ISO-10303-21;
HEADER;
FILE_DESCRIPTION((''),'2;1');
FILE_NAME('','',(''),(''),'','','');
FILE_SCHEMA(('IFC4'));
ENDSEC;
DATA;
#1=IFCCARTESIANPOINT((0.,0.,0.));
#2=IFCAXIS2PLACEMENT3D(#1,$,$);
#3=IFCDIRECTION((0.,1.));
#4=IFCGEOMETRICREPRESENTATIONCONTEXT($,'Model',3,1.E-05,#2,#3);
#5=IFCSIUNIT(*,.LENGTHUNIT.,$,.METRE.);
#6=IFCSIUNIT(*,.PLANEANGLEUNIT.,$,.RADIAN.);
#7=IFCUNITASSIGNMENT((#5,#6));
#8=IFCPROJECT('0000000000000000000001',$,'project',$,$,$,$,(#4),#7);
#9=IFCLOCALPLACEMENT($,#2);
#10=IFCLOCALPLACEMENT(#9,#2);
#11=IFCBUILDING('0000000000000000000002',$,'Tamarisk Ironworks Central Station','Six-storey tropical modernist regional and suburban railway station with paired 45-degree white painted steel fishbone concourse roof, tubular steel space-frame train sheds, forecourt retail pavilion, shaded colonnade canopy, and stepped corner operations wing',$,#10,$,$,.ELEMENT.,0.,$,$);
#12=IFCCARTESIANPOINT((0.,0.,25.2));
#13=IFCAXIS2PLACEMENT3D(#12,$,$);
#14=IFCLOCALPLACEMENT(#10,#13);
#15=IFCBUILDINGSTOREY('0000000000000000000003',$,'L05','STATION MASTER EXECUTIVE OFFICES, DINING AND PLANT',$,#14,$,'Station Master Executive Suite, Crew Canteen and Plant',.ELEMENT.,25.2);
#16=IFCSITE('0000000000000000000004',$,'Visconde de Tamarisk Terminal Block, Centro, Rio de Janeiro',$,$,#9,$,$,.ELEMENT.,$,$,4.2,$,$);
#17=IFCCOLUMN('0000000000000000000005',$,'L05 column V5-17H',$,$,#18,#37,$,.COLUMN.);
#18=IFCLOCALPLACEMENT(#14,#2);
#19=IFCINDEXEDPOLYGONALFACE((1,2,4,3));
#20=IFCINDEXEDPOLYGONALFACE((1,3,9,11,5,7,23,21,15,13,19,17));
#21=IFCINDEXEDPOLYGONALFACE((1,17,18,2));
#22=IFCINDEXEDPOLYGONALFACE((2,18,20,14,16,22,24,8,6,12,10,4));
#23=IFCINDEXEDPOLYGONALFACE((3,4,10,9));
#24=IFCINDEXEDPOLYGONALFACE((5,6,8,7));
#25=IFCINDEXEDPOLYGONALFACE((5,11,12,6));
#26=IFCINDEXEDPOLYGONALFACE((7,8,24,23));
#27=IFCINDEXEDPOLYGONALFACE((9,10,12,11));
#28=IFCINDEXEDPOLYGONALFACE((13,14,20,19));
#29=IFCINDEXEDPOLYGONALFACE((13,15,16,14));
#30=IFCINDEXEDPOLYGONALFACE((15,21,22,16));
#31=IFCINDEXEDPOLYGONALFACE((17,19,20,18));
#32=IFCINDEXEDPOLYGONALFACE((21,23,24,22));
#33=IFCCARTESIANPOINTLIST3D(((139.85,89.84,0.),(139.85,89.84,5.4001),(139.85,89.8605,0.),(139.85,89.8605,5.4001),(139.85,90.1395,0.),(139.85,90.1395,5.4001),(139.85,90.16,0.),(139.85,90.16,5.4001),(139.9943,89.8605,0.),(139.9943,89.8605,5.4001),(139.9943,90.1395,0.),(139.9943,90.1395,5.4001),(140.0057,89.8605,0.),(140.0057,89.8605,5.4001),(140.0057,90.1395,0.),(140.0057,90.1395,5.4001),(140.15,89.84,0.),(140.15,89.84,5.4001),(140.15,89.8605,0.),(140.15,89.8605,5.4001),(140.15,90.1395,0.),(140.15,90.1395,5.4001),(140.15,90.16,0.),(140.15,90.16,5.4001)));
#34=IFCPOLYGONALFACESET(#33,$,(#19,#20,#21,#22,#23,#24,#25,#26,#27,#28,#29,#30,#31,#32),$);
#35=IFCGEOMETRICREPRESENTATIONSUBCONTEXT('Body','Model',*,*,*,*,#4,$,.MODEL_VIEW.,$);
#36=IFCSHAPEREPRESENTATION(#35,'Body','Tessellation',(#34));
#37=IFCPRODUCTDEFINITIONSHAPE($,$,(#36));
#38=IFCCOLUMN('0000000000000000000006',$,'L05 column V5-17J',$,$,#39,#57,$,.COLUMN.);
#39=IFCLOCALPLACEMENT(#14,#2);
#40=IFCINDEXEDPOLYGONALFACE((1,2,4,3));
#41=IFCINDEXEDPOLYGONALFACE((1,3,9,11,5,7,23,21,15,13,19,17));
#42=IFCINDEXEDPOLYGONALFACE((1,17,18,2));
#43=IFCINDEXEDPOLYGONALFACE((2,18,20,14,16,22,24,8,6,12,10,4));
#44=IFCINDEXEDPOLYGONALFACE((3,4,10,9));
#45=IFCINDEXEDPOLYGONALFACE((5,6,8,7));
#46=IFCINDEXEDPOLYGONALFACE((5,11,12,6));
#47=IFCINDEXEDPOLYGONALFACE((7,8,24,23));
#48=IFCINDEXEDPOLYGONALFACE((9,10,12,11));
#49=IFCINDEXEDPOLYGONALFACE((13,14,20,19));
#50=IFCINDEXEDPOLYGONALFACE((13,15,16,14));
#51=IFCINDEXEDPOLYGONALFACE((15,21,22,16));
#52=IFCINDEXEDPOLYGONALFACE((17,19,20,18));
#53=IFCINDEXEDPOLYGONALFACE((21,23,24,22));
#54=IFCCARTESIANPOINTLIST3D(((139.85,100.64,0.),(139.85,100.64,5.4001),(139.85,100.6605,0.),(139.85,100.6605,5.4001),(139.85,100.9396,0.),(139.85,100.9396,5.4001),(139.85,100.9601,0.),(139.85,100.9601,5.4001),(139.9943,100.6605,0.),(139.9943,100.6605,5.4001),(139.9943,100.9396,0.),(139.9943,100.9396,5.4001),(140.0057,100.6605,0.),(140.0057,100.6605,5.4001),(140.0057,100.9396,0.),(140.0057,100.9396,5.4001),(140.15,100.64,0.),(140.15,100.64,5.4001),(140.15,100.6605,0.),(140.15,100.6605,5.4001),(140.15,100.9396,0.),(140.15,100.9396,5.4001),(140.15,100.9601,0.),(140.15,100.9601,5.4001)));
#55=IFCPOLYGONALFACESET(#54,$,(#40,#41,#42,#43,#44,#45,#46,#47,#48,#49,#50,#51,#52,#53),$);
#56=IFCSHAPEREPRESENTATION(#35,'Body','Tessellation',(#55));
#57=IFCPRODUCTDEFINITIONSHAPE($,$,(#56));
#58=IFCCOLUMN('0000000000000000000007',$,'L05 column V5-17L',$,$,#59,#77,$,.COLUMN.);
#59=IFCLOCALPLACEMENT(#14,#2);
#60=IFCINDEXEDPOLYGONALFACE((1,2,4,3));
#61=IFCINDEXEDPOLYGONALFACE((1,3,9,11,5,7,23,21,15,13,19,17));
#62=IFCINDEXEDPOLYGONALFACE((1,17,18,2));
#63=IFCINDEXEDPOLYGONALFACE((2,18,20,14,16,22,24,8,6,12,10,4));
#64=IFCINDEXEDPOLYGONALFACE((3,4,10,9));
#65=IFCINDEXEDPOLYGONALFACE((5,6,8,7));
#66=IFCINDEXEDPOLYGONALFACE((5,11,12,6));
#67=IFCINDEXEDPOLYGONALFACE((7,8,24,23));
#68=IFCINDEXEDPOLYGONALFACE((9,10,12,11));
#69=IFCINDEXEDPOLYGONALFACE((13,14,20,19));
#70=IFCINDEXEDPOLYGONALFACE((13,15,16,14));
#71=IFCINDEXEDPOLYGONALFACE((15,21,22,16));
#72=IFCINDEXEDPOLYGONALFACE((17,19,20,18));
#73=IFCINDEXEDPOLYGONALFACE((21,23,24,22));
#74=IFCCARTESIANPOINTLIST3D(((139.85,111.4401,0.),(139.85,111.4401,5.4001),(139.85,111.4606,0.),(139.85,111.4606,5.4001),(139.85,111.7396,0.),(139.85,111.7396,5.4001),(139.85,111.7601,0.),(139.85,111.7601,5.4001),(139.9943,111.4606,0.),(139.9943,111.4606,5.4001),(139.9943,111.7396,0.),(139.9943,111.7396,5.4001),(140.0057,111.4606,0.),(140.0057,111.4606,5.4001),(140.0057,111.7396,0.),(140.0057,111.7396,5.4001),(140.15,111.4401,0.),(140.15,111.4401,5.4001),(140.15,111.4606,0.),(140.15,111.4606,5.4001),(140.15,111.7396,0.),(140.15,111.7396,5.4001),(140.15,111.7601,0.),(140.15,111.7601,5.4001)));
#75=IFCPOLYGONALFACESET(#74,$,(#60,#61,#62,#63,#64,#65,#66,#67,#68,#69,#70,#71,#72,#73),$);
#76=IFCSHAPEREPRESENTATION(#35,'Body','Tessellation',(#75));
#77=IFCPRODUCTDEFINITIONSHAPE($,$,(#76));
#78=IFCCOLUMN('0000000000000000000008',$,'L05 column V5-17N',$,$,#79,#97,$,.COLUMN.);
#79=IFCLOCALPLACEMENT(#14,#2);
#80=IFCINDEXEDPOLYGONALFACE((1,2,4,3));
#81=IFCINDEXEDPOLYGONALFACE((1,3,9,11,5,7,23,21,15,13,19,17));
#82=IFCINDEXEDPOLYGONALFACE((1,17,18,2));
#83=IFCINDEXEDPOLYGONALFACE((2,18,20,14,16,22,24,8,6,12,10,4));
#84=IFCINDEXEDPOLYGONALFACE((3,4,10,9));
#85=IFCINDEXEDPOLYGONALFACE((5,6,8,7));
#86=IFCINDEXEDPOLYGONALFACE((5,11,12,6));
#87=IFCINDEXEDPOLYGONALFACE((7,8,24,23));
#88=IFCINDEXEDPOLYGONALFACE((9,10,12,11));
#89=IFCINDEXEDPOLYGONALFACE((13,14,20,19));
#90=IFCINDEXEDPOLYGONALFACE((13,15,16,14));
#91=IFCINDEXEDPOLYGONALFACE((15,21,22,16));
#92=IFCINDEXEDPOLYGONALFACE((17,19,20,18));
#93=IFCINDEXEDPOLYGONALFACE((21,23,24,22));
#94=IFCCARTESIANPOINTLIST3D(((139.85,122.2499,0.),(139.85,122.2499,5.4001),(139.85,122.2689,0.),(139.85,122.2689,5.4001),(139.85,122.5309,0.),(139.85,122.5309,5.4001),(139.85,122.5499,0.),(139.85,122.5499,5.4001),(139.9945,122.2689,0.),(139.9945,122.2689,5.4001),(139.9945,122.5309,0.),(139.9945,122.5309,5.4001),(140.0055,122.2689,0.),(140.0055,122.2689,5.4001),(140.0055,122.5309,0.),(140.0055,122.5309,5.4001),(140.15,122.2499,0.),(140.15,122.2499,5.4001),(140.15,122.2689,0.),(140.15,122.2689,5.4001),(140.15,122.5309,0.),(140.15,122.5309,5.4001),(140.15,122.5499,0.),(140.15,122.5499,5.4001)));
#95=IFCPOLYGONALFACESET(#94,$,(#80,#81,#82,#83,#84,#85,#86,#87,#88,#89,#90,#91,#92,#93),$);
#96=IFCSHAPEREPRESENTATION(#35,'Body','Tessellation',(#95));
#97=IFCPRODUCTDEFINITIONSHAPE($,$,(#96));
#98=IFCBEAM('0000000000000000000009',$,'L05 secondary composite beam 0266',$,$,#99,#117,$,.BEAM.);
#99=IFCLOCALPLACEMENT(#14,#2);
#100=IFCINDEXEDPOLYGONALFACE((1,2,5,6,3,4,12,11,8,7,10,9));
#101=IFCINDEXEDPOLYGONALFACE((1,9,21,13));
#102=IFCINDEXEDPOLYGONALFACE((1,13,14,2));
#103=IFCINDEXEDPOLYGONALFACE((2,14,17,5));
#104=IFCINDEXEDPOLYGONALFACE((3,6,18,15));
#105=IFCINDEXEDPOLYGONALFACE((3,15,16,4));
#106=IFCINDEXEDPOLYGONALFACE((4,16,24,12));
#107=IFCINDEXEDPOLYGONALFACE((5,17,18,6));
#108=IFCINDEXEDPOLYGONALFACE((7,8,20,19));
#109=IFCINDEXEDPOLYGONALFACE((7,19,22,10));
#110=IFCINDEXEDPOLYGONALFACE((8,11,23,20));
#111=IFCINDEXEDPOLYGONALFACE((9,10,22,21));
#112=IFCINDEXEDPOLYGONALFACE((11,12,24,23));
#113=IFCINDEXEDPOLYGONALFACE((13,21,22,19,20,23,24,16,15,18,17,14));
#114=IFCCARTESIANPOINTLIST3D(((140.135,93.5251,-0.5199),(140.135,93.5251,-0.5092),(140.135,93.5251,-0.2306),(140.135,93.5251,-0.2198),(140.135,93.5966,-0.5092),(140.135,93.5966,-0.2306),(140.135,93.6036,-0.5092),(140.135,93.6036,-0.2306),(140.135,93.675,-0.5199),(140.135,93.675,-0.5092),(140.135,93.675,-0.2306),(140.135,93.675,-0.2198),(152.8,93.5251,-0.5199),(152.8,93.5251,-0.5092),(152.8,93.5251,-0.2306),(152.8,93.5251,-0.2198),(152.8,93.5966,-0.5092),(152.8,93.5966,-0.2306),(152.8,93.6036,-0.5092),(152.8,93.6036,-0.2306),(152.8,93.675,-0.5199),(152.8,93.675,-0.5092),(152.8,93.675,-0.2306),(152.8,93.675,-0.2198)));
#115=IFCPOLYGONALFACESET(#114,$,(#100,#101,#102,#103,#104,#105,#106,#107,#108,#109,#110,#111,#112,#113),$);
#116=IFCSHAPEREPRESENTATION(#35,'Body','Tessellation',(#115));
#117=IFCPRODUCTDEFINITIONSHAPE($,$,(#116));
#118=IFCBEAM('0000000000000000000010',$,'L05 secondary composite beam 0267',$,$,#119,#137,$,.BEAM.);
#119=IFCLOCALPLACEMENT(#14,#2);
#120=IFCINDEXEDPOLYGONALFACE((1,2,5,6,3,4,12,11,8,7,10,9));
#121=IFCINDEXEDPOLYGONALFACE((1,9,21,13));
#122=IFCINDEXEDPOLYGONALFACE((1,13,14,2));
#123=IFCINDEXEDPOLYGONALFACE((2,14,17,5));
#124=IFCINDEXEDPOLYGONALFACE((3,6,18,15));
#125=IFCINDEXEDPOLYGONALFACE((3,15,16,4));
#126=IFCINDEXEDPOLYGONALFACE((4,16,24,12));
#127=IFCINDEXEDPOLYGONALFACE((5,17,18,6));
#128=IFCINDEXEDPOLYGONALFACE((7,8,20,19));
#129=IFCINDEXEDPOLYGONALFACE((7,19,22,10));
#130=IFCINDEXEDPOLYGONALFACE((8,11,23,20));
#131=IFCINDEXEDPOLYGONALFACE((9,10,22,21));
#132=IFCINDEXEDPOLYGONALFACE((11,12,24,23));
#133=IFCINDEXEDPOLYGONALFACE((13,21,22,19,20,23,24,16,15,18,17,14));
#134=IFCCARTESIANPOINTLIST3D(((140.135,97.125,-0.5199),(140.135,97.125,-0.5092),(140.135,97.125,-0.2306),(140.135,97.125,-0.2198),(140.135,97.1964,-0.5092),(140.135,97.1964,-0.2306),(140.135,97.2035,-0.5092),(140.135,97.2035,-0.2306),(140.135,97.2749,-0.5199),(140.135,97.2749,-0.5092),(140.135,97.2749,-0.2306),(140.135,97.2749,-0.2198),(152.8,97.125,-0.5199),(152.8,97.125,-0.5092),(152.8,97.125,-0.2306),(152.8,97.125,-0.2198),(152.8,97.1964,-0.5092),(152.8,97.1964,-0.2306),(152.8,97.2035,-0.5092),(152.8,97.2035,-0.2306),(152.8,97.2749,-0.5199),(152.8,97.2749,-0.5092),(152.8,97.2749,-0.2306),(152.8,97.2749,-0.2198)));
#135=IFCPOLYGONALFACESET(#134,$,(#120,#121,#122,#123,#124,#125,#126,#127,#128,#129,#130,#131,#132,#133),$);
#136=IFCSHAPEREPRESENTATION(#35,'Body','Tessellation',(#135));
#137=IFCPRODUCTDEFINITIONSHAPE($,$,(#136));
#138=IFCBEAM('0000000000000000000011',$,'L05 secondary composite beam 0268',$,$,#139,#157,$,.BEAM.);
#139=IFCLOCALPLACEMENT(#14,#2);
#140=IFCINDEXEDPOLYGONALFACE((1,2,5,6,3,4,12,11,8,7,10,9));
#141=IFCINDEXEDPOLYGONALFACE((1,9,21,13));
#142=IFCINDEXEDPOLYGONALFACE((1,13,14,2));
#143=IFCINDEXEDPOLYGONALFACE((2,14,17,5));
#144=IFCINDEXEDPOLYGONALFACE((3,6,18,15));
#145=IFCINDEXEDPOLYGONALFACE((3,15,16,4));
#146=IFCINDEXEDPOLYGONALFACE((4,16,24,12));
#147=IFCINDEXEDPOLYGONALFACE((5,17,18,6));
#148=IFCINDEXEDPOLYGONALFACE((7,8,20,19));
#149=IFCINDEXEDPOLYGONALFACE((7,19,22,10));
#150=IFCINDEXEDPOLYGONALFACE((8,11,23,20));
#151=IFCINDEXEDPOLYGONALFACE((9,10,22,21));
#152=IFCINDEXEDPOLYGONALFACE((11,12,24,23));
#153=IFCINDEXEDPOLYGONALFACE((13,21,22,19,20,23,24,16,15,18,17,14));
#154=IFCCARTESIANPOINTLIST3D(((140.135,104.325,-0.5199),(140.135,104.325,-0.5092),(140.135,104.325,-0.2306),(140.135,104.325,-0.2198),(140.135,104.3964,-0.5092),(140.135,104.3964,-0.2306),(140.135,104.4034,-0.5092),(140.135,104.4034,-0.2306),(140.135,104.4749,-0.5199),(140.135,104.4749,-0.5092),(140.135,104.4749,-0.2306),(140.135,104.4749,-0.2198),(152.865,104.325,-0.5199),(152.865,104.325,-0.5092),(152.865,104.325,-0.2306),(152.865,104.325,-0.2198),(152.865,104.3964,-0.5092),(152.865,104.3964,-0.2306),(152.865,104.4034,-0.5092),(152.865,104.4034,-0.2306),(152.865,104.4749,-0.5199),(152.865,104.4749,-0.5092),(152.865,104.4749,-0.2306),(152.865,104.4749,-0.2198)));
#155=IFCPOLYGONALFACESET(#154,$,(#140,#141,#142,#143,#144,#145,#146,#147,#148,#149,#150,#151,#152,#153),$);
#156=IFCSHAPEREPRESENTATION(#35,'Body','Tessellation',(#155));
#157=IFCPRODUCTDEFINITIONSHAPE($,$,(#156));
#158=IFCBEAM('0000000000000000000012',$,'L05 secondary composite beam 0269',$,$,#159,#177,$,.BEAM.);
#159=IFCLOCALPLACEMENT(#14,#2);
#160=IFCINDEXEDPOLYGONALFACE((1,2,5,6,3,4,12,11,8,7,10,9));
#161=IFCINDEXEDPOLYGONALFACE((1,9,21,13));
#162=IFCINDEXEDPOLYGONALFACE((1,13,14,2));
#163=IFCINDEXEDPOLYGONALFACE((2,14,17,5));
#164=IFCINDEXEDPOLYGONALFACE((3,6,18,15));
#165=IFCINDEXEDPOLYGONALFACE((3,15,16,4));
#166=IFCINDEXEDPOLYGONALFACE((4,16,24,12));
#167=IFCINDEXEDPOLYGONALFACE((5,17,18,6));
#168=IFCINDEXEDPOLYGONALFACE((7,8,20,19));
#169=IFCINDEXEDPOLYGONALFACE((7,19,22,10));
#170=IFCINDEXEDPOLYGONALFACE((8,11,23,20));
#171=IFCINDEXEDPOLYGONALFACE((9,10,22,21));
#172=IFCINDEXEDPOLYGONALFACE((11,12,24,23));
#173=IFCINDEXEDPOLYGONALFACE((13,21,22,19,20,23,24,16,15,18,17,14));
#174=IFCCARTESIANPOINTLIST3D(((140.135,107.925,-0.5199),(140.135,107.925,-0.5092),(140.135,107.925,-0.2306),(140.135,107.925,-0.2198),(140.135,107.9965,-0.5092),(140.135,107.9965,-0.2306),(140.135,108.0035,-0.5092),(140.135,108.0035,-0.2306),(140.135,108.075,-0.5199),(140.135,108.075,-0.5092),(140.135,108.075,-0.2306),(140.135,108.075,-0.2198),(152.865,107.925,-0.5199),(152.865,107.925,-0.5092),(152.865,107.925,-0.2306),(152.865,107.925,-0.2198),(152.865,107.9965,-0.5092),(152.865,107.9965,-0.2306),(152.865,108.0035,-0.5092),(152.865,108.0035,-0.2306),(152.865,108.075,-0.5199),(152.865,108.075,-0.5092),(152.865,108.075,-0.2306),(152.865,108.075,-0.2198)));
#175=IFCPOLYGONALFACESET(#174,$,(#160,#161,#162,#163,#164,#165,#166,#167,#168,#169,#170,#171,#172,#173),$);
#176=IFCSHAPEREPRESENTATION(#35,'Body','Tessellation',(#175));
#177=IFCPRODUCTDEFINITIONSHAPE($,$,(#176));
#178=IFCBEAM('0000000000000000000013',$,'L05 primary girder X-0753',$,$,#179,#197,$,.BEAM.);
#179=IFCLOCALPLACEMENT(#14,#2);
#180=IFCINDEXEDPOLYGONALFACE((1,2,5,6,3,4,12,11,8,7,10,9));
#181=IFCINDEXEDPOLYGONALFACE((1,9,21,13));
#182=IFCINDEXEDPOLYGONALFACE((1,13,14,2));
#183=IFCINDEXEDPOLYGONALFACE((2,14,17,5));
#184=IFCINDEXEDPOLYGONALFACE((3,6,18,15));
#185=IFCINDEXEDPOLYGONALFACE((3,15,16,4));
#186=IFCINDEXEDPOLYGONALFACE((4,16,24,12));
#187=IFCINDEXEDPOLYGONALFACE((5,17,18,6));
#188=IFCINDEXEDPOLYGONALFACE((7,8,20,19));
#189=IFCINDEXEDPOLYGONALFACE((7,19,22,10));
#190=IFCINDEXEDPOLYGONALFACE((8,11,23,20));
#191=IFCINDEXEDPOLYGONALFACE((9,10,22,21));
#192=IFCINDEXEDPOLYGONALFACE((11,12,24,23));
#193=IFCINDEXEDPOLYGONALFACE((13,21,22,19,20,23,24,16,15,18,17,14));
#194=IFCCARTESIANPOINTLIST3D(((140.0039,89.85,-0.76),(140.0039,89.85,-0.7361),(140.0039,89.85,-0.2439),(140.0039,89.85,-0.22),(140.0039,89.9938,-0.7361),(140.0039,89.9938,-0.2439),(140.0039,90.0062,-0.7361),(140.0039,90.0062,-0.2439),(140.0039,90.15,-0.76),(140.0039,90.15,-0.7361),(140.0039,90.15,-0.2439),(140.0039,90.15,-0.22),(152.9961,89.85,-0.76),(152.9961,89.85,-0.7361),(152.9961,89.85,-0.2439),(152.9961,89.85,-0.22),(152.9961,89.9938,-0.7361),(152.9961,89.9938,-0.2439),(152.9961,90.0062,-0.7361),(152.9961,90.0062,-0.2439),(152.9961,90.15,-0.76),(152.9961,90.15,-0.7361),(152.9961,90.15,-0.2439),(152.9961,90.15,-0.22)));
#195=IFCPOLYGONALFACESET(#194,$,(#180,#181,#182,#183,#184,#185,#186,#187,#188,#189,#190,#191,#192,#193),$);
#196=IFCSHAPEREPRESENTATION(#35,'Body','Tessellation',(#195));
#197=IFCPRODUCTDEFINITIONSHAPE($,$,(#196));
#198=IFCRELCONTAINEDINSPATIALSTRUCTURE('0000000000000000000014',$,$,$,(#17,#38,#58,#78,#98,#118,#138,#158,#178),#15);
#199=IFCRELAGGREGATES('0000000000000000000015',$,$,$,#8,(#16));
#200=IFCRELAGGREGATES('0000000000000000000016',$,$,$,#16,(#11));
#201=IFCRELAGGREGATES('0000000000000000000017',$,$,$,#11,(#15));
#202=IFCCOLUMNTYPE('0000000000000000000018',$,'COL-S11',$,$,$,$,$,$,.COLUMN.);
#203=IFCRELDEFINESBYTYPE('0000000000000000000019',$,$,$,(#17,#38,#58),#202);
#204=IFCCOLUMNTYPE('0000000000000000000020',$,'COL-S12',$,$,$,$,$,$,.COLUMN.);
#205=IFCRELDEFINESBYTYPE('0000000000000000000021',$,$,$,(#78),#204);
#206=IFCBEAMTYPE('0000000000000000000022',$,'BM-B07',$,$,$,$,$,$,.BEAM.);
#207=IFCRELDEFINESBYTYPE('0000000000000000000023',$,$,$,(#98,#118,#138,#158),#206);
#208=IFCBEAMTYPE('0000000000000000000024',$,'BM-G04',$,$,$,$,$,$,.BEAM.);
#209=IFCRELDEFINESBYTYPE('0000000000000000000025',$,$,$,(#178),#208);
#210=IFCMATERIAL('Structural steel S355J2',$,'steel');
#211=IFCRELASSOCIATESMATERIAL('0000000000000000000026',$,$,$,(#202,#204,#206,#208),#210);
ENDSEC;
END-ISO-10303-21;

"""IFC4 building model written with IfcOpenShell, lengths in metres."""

from ifc_helpers import new_model, si_unit, direction, frame, origin, origin_2d, place, context, subcontext, project, spatial, i_section, extrude, material, material_profile, profile_set, type_object, element, save


model = new_model("IFC4")

# Units and contexts
model_context = context("Model", 3, precision=1e-05, world=origin(), true_north=direction((0.0, 1.0)))
body_context = subcontext(model_context, "Body", "Model", "MODEL_VIEW")
ifc_project = project(units=[si_unit("LENGTHUNIT", "METRE"), si_unit("PLANEANGLEUNIT", "RADIAN")], contexts=[model_context])

# Site, building, storey
site_placement = place(None, origin())
site = spatial("IfcSite", under=ifc_project, at=site_placement, Name="Visconde de Tamarisk Terminal Block, Centro, Rio de Janeiro", CompositionType="ELEMENT", RefElevation=4.2)
building_placement = place(site_placement, origin())
building = spatial("IfcBuilding", under=site, at=building_placement, Name="Tamarisk Ironworks Central Station", Description="Six-storey tropical modernist regional and suburban railway station with paired 45-degree white painted steel fishbone concourse roof, tubular steel space-frame train sheds, forecourt retail pavilion, shaded colonnade canopy, and stepped corner operations wing", CompositionType="ELEMENT", ElevationOfRefHeight=0.0)
storey_placement = place(building_placement, frame((0.0, 0.0, 25.2)))
storey = spatial("IfcBuildingStorey", under=building, at=storey_placement, Name="L05", Description="STATION MASTER EXECUTIVE OFFICES, DINING AND PLANT", LongName="Station Master Executive Suite, Crew Canteen and Plant", CompositionType="ELEMENT", Elevation=25.2)

# Columns
ifc_material_1 = material(Name="Structural steel S355J2", Category="steel")
ifc_material_profile_1 = material_profile(ifc_material_1, i_section(OverallWidth=0.3, OverallDepth=0.3201, WebThickness=0.0115, FlangeThickness=0.0205, at=origin_2d()), Name="HEB 320")
ifc_profile_set_1 = profile_set([ifc_material_profile_1], Name="Structural steel S355J2")
column_type_1 = type_object("IfcColumnType", Name="COL-S11", PredefinedType="COLUMN", material=ifc_profile_set_1)
for number, where, z_axis, x_axis, name in (
    (1, (140.0, 90.0, 0.0), (0.0, 0.0, 1.0), (1.0, 0.0, 0.0), "L05 column V5-17H"),
    (2, (140.0, 100.8, 0.0), (0.0, 0.0, 1.0), (1.0, 0.0, 0.0), "L05 column V5-17J"),
    (3, (140.0, 111.6001, 0.0), (0.0, 0.0, 1.0), (1.0, 0.0, 0.0), "L05 column V5-17L"),
):
    element("IfcColumn", number, at=place(storey_placement, frame(where, z_axis=z_axis, x_axis=x_axis)), inside=storey, type_object=column_type_1, Name=name, PredefinedType="COLUMN", context=body_context, shape_type="SweptSolid", body=[
        extrude(i_section(OverallWidth=0.3, OverallDepth=0.3201, WebThickness=0.0115, FlangeThickness=0.0205, at=origin_2d()), origin(), (0.0, 0.0, 1.0), 5.4001),
    ])
ifc_material_profile_2 = material_profile(ifc_material_1, i_section(OverallWidth=0.3, OverallDepth=0.3, WebThickness=0.011, FlangeThickness=0.019, at=origin_2d()), Name="HEB 300")
ifc_profile_set_2 = profile_set([ifc_material_profile_2], Name="Structural steel S355J2")
column_type_2 = type_object("IfcColumnType", Name="COL-S12", PredefinedType="COLUMN", material=ifc_profile_set_2)
column_placement = place(storey_placement, frame((140.0, 122.3999, 0.0), z_axis=(0.0, 0.0, 1.0), x_axis=(1.0, 0.0, 0.0)))
element("IfcColumn", 4, at=column_placement, inside=storey, type_object=column_type_2, Name="L05 column V5-17N", PredefinedType="COLUMN", context=body_context, shape_type="SweptSolid", body=[
    extrude(i_section(OverallWidth=0.3, OverallDepth=0.3, WebThickness=0.011, FlangeThickness=0.019, at=origin_2d()), origin(), (0.0, 0.0, 1.0), 5.4001),
])

# Beams
ifc_material_profile_3 = material_profile(ifc_material_1, i_section(OverallWidth=0.1499, OverallDepth=0.3, WebThickness=0.0071, FlangeThickness=0.0107, at=origin_2d()), Name="IPE 300")
ifc_profile_set_3 = profile_set([ifc_material_profile_3], Name="Structural steel S355J2")
beam_type_1 = type_object("IfcBeamType", Name="BM-B07", PredefinedType="BEAM", material=ifc_profile_set_3)
for number, where, z_axis, x_axis, name in (
    (5, (140.135, 93.6001, -0.3699), (1.0, 0.0, 0.0), (0.0, 1.0, 0.0), "L05 secondary composite beam 0266"),
    (6, (140.135, 97.2, -0.3699), (1.0, 0.0, 0.0), (0.0, 1.0, 0.0), "L05 secondary composite beam 0267"),
):
    element("IfcBeam", number, at=place(storey_placement, frame(where, z_axis=z_axis, x_axis=x_axis)), inside=storey, type_object=beam_type_1, Name=name, PredefinedType="BEAM", context=body_context, shape_type="SweptSolid", body=[
        extrude(i_section(OverallWidth=0.1499, OverallDepth=0.3, WebThickness=0.0071, FlangeThickness=0.0107, at=origin_2d()), origin(), (0.0, 0.0, 1.0), 12.665),
    ])
for number, where, z_axis, x_axis, name in (
    (7, (140.135, 104.3999, -0.3699), (1.0, 0.0, 0.0), (0.0, 1.0, 0.0), "L05 secondary composite beam 0268"),
    (8, (140.135, 108.0, -0.3699), (1.0, 0.0, 0.0), (0.0, 1.0, 0.0), "L05 secondary composite beam 0269"),
):
    element("IfcBeam", number, at=place(storey_placement, frame(where, z_axis=z_axis, x_axis=x_axis)), inside=storey, type_object=beam_type_1, Name=name, PredefinedType="BEAM", context=body_context, shape_type="SweptSolid", body=[
        extrude(i_section(OverallWidth=0.1499, OverallDepth=0.3, WebThickness=0.0071, FlangeThickness=0.0107, at=origin_2d()), origin(), (0.0, 0.0, 1.0), 12.73),
    ])
ifc_material_profile_4 = material_profile(ifc_material_1, i_section(OverallWidth=0.3, OverallDepth=0.54, WebThickness=0.0125, FlangeThickness=0.0239, at=origin_2d()), Name="HEA 550")
ifc_profile_set_4 = profile_set([ifc_material_profile_4], Name="Structural steel S355J2")
beam_type_2 = type_object("IfcBeamType", Name="BM-G04", PredefinedType="BEAM", material=ifc_profile_set_4)
for number, where, z_axis, x_axis, name in (
    (9, (140.0039, 90.0, -0.49), (1.0, 0.0, 0.0), (0.0, 1.0, 0.0), "L05 primary girder X-0753"),
):
    element("IfcBeam", number, at=place(storey_placement, frame(where, z_axis=z_axis, x_axis=x_axis)), inside=storey, type_object=beam_type_2, Name=name, PredefinedType="BEAM", context=body_context, shape_type="SweptSolid", body=[
        extrude(i_section(OverallWidth=0.3, OverallDepth=0.54, WebThickness=0.0125, FlangeThickness=0.0239, at=origin_2d()), origin(), (0.0, 0.0, 1.0), 12.9922),
    ])

save(model, "model.ifc")
